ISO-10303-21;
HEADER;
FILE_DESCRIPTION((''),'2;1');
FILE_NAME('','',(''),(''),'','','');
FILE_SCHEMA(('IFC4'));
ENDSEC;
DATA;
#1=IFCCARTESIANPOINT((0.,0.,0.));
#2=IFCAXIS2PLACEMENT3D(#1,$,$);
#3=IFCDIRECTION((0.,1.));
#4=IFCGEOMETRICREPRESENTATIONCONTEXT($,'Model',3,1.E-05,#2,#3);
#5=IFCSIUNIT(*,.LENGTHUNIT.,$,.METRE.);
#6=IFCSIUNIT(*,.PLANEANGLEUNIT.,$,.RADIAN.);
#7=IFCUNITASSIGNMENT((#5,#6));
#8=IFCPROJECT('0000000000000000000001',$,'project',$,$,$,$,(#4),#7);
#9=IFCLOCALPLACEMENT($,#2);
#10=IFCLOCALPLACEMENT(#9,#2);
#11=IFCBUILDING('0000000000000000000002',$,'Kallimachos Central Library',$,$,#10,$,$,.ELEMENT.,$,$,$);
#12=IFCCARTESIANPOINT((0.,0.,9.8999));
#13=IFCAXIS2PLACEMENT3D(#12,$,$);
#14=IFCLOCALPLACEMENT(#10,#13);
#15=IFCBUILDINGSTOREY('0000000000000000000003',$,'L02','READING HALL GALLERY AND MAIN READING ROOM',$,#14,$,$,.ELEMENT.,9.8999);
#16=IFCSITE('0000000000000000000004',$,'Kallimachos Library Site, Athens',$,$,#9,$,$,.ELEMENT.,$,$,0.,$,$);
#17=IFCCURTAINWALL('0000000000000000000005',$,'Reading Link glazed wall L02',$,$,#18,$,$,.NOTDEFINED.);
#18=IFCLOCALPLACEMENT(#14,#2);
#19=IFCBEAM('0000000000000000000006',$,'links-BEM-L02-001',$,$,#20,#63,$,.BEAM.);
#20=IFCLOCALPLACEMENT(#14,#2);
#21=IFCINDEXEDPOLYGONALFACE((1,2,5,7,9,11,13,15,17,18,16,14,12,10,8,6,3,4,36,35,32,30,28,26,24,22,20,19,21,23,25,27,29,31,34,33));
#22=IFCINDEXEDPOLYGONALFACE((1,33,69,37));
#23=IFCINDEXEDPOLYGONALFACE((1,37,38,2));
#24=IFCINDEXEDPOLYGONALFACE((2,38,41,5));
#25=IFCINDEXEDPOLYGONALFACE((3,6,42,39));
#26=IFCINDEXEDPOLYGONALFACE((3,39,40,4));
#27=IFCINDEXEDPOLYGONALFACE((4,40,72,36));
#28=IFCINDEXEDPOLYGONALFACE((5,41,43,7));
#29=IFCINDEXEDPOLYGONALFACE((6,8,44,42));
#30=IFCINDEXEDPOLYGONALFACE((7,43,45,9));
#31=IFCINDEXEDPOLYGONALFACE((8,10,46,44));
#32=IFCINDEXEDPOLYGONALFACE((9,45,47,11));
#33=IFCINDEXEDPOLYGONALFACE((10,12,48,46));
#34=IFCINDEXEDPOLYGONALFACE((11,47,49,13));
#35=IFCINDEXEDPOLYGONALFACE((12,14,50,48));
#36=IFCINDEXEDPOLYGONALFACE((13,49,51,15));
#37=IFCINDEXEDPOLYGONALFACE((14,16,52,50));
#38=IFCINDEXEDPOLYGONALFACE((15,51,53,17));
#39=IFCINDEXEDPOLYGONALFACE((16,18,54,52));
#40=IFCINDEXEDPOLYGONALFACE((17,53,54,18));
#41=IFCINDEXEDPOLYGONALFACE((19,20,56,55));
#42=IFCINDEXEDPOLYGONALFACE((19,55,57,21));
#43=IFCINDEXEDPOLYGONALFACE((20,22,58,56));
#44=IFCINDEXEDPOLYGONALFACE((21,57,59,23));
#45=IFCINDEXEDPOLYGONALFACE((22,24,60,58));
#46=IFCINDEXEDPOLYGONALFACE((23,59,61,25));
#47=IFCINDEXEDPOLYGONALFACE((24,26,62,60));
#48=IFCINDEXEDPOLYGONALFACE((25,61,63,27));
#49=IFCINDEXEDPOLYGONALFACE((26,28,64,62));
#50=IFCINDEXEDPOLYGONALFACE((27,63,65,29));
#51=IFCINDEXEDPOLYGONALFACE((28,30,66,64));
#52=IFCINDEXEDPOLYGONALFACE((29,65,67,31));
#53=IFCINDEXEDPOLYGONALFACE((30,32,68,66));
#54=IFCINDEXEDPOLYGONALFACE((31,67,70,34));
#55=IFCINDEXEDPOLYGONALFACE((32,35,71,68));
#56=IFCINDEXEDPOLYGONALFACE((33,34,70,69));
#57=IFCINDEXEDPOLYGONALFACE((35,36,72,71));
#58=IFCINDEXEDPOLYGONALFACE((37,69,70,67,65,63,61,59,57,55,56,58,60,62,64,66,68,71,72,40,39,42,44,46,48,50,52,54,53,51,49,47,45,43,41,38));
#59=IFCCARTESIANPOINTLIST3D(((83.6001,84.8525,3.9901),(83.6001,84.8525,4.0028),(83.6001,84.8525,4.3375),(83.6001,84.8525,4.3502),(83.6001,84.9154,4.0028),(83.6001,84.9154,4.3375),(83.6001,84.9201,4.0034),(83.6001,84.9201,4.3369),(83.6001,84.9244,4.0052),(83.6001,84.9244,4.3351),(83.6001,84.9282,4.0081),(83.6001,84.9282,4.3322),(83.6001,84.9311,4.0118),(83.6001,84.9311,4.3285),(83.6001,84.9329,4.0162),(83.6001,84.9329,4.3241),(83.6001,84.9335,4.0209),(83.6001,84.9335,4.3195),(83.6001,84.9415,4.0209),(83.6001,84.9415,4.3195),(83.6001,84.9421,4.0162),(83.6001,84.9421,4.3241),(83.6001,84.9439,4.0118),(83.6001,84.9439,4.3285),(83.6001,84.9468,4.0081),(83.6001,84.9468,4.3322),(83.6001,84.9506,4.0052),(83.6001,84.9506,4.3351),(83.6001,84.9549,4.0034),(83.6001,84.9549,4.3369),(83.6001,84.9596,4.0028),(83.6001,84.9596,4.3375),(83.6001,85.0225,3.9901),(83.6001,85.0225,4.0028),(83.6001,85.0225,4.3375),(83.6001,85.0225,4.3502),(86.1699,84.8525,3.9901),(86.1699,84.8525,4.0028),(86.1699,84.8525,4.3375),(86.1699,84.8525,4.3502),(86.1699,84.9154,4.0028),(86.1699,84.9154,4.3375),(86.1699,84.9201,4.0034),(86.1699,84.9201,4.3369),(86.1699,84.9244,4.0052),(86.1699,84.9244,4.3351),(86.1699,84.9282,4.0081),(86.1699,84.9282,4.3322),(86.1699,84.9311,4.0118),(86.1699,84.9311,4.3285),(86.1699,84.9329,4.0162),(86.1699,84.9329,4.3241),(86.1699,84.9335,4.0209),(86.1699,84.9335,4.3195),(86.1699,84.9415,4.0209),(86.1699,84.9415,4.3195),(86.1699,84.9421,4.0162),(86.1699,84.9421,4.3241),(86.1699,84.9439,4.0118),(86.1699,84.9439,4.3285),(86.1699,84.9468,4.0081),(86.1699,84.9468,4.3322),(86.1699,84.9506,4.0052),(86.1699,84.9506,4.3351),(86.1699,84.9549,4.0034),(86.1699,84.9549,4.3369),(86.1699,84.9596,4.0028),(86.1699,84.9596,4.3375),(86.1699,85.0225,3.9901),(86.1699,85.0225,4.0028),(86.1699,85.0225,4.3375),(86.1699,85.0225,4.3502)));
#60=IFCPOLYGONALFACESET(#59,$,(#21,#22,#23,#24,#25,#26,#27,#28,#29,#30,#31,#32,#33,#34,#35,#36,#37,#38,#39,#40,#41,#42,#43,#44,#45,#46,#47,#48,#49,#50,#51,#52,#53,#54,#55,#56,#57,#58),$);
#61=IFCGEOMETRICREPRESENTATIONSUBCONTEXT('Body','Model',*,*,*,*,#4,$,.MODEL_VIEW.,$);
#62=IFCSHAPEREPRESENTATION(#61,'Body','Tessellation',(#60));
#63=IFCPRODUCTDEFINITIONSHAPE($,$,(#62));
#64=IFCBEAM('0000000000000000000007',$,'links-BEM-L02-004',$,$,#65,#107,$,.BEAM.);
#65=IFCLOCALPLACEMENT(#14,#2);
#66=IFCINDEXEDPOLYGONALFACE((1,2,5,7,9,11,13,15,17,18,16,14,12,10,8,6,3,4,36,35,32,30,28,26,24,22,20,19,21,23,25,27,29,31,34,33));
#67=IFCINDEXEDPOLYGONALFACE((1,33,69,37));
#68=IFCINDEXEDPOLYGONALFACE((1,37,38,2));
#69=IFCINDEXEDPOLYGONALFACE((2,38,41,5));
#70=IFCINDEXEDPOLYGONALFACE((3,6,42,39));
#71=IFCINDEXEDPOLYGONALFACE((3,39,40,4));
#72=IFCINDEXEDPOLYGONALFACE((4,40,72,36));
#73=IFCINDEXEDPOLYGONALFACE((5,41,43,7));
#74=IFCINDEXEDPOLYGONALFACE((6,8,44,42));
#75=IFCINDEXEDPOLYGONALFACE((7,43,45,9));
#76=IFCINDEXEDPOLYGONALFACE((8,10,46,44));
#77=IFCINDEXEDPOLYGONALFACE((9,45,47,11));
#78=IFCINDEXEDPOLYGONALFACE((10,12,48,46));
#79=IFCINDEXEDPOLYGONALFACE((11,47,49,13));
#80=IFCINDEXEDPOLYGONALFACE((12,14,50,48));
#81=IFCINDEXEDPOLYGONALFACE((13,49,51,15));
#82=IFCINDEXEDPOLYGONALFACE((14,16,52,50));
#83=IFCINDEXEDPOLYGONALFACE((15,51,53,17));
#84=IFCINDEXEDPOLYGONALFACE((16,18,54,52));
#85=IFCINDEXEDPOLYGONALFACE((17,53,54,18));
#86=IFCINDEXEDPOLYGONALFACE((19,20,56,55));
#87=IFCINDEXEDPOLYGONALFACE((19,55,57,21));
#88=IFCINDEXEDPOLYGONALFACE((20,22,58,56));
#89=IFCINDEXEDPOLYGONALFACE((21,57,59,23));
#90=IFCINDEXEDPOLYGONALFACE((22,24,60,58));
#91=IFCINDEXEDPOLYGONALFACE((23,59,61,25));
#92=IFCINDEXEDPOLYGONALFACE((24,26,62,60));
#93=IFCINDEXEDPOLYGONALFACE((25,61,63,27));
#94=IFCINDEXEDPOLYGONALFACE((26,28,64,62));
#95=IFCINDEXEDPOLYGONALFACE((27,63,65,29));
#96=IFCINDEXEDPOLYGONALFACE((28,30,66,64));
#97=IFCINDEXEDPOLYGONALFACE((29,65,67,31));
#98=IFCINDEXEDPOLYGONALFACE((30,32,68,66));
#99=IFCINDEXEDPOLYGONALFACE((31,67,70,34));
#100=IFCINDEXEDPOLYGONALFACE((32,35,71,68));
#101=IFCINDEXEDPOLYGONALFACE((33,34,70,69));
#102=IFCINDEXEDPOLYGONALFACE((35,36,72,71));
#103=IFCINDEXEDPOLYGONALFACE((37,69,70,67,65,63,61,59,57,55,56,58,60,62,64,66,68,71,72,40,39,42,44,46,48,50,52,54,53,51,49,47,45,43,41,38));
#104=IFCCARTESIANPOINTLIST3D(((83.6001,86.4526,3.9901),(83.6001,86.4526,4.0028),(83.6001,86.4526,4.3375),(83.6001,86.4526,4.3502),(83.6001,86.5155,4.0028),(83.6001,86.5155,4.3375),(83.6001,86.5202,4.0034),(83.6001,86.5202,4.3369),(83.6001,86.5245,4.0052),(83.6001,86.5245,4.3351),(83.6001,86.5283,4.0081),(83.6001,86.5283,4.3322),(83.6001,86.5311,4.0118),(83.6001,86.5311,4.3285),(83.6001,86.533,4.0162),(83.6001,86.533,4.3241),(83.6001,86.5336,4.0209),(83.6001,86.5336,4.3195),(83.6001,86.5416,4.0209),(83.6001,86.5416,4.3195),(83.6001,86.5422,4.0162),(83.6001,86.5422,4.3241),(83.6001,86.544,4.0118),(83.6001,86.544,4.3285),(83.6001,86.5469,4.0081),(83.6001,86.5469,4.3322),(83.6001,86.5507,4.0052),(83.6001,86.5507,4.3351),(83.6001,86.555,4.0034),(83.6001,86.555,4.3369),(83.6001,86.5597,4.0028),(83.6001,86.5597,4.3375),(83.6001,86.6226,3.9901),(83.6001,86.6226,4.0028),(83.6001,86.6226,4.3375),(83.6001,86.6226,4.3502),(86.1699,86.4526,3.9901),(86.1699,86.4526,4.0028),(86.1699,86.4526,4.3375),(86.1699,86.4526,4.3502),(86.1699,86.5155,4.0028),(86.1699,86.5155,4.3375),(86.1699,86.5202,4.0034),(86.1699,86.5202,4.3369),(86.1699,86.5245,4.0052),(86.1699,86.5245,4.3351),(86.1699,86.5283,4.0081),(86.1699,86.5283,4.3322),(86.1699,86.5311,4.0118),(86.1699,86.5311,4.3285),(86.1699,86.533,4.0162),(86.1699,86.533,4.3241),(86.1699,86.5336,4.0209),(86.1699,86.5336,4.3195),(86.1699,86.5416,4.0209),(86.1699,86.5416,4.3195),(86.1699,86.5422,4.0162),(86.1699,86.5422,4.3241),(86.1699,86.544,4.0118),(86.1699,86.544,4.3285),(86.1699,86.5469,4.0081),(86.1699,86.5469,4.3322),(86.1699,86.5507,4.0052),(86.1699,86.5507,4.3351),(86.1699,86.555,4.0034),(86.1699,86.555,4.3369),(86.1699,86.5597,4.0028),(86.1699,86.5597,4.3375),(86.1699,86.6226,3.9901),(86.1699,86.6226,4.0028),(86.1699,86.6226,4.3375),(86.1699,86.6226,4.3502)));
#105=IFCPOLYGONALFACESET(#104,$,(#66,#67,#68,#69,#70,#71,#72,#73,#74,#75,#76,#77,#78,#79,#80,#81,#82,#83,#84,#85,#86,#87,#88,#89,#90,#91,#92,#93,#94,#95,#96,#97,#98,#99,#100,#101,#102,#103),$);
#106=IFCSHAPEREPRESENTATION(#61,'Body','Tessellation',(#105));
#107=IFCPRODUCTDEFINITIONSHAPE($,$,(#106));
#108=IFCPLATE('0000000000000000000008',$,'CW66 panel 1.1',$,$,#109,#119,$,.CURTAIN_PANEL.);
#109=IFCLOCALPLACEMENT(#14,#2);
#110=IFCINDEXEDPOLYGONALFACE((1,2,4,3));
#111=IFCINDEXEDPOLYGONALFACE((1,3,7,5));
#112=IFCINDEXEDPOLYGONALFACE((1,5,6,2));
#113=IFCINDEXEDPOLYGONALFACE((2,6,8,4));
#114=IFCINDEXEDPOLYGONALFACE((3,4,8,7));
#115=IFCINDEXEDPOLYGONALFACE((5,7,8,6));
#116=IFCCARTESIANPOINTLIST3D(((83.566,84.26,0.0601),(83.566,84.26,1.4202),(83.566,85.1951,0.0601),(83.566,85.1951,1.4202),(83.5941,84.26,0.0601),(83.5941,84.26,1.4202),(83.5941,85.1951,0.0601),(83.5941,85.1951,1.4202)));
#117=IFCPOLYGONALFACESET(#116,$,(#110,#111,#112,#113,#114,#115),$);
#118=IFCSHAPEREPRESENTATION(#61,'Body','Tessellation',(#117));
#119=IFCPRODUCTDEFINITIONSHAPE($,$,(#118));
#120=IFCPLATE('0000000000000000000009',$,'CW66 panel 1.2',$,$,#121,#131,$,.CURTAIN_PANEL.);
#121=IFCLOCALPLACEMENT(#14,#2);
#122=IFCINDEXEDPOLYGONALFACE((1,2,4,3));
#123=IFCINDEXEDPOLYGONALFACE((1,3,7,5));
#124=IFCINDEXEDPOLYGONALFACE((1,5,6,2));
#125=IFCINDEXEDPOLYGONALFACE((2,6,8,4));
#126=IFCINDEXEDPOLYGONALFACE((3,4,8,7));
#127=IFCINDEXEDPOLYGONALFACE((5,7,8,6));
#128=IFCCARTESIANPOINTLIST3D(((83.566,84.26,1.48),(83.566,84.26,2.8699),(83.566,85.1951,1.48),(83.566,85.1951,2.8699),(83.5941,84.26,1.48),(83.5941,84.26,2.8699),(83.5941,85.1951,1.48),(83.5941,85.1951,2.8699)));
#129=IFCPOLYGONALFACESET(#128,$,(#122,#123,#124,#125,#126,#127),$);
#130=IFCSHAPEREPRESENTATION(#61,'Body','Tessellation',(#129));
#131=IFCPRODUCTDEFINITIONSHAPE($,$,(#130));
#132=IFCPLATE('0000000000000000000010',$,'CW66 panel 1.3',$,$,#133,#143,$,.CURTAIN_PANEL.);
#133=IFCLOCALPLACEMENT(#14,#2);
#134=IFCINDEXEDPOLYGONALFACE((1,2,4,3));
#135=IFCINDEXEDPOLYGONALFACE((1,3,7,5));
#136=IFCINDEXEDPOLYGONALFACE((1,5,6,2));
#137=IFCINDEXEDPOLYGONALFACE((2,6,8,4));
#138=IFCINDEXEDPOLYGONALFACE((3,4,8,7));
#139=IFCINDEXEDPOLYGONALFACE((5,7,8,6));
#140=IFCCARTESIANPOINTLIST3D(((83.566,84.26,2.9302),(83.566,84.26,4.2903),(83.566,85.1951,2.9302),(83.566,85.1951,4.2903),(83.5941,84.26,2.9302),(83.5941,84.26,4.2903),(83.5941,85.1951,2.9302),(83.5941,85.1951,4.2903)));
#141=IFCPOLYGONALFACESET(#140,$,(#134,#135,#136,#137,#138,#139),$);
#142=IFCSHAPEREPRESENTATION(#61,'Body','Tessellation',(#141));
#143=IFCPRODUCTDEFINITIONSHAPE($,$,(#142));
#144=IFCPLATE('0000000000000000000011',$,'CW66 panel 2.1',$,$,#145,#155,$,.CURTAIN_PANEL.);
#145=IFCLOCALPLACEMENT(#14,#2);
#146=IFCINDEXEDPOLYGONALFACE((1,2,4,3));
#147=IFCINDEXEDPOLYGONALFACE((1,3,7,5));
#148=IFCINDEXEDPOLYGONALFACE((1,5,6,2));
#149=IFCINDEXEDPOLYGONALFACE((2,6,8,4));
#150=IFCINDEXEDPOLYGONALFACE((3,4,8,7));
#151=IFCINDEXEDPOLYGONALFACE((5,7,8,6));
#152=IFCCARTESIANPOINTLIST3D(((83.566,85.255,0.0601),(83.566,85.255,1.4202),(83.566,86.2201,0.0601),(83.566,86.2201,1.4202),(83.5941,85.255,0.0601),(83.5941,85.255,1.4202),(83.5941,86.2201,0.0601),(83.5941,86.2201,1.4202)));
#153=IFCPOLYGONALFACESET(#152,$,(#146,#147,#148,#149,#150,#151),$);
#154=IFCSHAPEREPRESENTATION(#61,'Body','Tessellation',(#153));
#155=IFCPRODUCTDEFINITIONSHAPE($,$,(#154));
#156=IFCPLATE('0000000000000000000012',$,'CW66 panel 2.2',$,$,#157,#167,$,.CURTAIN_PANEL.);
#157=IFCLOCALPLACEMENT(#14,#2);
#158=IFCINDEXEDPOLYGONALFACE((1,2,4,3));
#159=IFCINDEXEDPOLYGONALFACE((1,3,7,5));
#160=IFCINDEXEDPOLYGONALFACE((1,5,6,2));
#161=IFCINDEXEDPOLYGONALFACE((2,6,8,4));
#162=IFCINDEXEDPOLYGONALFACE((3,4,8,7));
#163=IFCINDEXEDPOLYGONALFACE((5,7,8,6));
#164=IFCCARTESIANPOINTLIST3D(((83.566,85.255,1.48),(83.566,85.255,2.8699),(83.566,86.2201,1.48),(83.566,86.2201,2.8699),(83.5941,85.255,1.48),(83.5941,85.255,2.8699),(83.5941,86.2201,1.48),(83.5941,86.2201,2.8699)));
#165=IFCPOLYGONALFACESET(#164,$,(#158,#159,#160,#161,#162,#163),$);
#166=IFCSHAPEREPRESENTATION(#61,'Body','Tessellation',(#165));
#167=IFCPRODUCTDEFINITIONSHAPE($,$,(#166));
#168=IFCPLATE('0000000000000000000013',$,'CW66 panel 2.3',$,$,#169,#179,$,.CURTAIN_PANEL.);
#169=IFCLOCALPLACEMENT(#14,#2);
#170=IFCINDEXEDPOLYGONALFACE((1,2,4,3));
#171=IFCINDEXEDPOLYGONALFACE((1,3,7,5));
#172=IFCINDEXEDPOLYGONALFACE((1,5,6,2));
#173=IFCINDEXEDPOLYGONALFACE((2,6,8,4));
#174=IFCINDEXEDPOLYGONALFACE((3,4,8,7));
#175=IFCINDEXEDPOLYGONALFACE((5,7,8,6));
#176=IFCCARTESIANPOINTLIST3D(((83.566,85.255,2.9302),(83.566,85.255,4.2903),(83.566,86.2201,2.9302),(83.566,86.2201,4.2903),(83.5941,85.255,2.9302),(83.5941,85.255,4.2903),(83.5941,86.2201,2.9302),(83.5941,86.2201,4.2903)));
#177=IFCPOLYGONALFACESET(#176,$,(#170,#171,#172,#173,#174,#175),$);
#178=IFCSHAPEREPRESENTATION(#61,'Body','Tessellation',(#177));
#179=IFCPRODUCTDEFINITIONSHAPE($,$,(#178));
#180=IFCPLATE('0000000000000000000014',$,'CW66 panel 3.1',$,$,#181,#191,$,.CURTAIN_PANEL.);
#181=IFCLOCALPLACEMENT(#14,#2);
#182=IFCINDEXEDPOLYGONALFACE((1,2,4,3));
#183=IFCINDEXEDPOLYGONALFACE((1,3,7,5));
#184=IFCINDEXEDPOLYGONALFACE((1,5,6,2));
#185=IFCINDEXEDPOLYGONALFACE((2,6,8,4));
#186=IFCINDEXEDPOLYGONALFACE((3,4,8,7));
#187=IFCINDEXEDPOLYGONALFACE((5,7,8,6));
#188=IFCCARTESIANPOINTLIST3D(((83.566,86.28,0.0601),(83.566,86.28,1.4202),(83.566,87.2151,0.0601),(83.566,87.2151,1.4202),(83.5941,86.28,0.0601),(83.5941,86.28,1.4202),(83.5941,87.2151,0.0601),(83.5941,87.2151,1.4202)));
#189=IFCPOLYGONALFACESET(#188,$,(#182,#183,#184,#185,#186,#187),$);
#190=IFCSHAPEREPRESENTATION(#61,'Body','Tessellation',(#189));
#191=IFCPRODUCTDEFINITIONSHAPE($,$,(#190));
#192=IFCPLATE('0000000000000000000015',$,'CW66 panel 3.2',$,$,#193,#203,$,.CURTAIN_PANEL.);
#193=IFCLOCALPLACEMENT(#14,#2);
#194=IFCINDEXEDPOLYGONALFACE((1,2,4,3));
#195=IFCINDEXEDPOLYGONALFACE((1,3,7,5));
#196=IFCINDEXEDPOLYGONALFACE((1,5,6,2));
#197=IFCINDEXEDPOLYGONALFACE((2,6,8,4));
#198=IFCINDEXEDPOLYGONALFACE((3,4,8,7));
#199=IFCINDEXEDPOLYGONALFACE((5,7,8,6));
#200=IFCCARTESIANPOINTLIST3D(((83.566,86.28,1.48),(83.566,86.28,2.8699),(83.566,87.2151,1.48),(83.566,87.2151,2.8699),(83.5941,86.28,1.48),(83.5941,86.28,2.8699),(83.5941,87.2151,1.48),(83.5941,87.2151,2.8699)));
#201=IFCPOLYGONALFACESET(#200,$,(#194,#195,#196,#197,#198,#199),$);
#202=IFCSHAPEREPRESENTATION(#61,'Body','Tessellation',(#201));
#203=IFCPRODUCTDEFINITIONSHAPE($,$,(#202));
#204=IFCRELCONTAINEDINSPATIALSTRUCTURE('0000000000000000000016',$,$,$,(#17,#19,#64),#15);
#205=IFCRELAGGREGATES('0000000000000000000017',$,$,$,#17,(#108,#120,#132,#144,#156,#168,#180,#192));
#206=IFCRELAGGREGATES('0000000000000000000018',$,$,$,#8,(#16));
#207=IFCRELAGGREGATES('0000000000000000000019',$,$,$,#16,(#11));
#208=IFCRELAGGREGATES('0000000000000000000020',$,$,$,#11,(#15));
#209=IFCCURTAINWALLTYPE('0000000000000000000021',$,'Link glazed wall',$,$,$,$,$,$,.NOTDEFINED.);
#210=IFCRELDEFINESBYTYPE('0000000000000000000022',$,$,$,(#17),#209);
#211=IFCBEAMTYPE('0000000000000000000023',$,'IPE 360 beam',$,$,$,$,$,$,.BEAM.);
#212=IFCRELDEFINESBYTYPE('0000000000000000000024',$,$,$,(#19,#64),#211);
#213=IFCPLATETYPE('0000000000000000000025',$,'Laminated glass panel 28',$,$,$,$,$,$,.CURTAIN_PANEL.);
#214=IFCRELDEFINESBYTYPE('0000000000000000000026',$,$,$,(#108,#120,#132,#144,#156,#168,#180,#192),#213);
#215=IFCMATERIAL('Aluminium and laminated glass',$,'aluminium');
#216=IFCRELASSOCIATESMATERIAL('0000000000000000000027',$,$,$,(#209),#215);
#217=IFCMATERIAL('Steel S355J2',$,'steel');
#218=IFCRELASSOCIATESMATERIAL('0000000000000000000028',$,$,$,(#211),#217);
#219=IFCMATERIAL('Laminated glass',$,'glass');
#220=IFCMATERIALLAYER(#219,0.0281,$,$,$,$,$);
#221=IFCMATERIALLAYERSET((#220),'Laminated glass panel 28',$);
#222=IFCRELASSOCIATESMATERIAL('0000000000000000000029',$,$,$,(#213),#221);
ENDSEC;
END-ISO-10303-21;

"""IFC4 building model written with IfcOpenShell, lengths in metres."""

from ifc_helpers import new_model, si_unit, direction, frame, origin, origin_2d, place, context, subcontext, project, spatial, rectangle, i_section, extrude, material, layer, layer_set, material_profile, profile_set, type_object, element, aggregate, save


model = new_model("IFC4")

# Units and contexts
model_context = context("Model", 3, precision=1e-05, world=origin(), true_north=direction((0.0, 1.0)))
body_context = subcontext(model_context, "Body", "Model", "MODEL_VIEW")
ifc_project = project(units=[si_unit("LENGTHUNIT", "METRE"), si_unit("PLANEANGLEUNIT", "RADIAN")], contexts=[model_context])

# Site, building, storey
site_placement = place(None, origin())
site = spatial("IfcSite", under=ifc_project, at=site_placement, Name="Kallimachos Library Site, Athens", CompositionType="ELEMENT", RefElevation=0.0)
building_placement = place(site_placement, origin())
building = spatial("IfcBuilding", under=site, at=building_placement, Name="Kallimachos Central Library", CompositionType="ELEMENT")
storey_placement = place(building_placement, frame((0.0, 0.0, 9.8999)))
storey = spatial("IfcBuildingStorey", under=building, at=storey_placement, Name="L02", Description="READING HALL GALLERY AND MAIN READING ROOM", CompositionType="ELEMENT", Elevation=9.8999)

# Curtain wall
ifc_material_1 = material(Name="Aluminium and laminated glass", Category="aluminium")
curtain_wall_type = type_object("IfcCurtainWallType", Name="Link glazed wall", PredefinedType="NOTDEFINED", material=ifc_material_1)
curtain_wall_placement = place(storey_placement, origin())
curtain_wall = element("IfcCurtainWall", 1, at=curtain_wall_placement, inside=storey, type_object=curtain_wall_type, Name="Reading Link glazed wall L02", PredefinedType="NOTDEFINED")

# Beams
ifc_material_2 = material(Name="Steel S355J2", Category="steel")
ifc_material_profile_1 = material_profile(ifc_material_2, i_section(OverallWidth=0.1699, OverallDepth=0.3601, WebThickness=0.0081, FlangeThickness=0.0127, FilletRadius=0.0181, at=origin_2d()), Name="IPE 360")
ifc_profile_set_1 = profile_set([ifc_material_profile_1], Name="Steel S355J2")
beam_type_1 = type_object("IfcBeamType", Name="IPE 360 beam", PredefinedType="BEAM", material=ifc_profile_set_1)
for number, where, z_axis, x_axis, name in (
    (2, (83.6001, 84.9375, 4.1702), (1.0, 0.0, 0.0), (0.0, 1.0, 0.0), "links-BEM-L02-001"),
    (3, (83.6001, 86.5376, 4.1702), (1.0, 0.0, 0.0), (0.0, 1.0, 0.0), "links-BEM-L02-004"),
):
    element("IfcBeam", number, at=place(storey_placement, frame(where, z_axis=z_axis, x_axis=x_axis)), inside=storey, type_object=beam_type_1, Name=name, PredefinedType="BEAM", context=body_context, shape_type="SweptSolid", body=[
        extrude(i_section(OverallWidth=0.1699, OverallDepth=0.3601, WebThickness=0.0081, FlangeThickness=0.0127, FilletRadius=0.0181, at=origin_2d()), origin(), (0.0, 0.0, 1.0), 2.5698),
    ])

# Plates
ifc_material_3 = material(Name="Laminated glass", Category="glass")
ifc_layer = layer(ifc_material_3, 0.0281)
ifc_layer_set = layer_set([ifc_layer], Name="Laminated glass panel 28")
plate_type = type_object("IfcPlateType", Name="Laminated glass panel 28", PredefinedType="CURTAIN_PANEL", material=ifc_layer_set)
plate_1_placement = place(storey_placement, frame((83.5801, 84.7275, 0.0601), z_axis=(0.0, 0.0, 1.0), x_axis=(0.0, 1.0, 0.0)))
plate_1 = element("IfcPlate", 4, at=plate_1_placement, type_object=plate_type, Name="CW66 panel 1.1", PredefinedType="CURTAIN_PANEL", context=body_context, shape_type="SweptSolid", body=[
    extrude(rectangle(XDim=0.9351, YDim=0.0281, at=origin_2d()), origin(), (0.0, 0.0, 1.0), 1.3601),
])
plate_2_placement = place(storey_placement, frame((83.5801, 84.7275, 1.48), z_axis=(0.0, 0.0, 1.0), x_axis=(0.0, 1.0, 0.0)))
plate_2 = element("IfcPlate", 5, at=plate_2_placement, type_object=plate_type, Name="CW66 panel 1.2", PredefinedType="CURTAIN_PANEL", context=body_context, shape_type="SweptSolid", body=[
    extrude(rectangle(XDim=0.9351, YDim=0.0281, at=origin_2d()), origin(), (0.0, 0.0, 1.0), 1.3899),
])
plate_3_placement = place(storey_placement, frame((83.5801, 84.7275, 2.9302), z_axis=(0.0, 0.0, 1.0), x_axis=(0.0, 1.0, 0.0)))
plate_3 = element("IfcPlate", 6, at=plate_3_placement, type_object=plate_type, Name="CW66 panel 1.3", PredefinedType="CURTAIN_PANEL", context=body_context, shape_type="SweptSolid", body=[
    extrude(rectangle(XDim=0.9351, YDim=0.0281, at=origin_2d()), origin(), (0.0, 0.0, 1.0), 1.3601),
])
plate_4_placement = place(storey_placement, frame((83.5801, 85.7375, 0.0601), z_axis=(0.0, 0.0, 1.0), x_axis=(0.0, 1.0, 0.0)))
plate_4 = element("IfcPlate", 7, at=plate_4_placement, type_object=plate_type, Name="CW66 panel 2.1", PredefinedType="CURTAIN_PANEL", context=body_context, shape_type="SweptSolid", body=[
    extrude(rectangle(XDim=0.9651, YDim=0.0281, at=origin_2d()), origin(), (0.0, 0.0, 1.0), 1.3601),
])
plate_5_placement = place(storey_placement, frame((83.5801, 85.7375, 1.48), z_axis=(0.0, 0.0, 1.0), x_axis=(0.0, 1.0, 0.0)))
plate_5 = element("IfcPlate", 8, at=plate_5_placement, type_object=plate_type, Name="CW66 panel 2.2", PredefinedType="CURTAIN_PANEL", context=body_context, shape_type="SweptSolid", body=[
    extrude(rectangle(XDim=0.9651, YDim=0.0281, at=origin_2d()), origin(), (0.0, 0.0, 1.0), 1.3899),
])
plate_6_placement = place(storey_placement, frame((83.5801, 85.7375, 2.9302), z_axis=(0.0, 0.0, 1.0), x_axis=(0.0, 1.0, 0.0)))
plate_6 = element("IfcPlate", 9, at=plate_6_placement, type_object=plate_type, Name="CW66 panel 2.3", PredefinedType="CURTAIN_PANEL", context=body_context, shape_type="SweptSolid", body=[
    extrude(rectangle(XDim=0.9651, YDim=0.0281, at=origin_2d()), origin(), (0.0, 0.0, 1.0), 1.3601),
])
plate_7_placement = place(storey_placement, frame((83.5801, 86.7476, 0.0601), z_axis=(0.0, 0.0, 1.0), x_axis=(0.0, 1.0, 0.0)))
plate_7 = element("IfcPlate", 10, at=plate_7_placement, type_object=plate_type, Name="CW66 panel 3.1", PredefinedType="CURTAIN_PANEL", context=body_context, shape_type="SweptSolid", body=[
    extrude(rectangle(XDim=0.9351, YDim=0.0281, at=origin_2d()), origin(), (0.0, 0.0, 1.0), 1.3601),
])
plate_8_placement = place(storey_placement, frame((83.5801, 86.7476, 1.48), z_axis=(0.0, 0.0, 1.0), x_axis=(0.0, 1.0, 0.0)))
plate_8 = element("IfcPlate", 11, at=plate_8_placement, type_object=plate_type, Name="CW66 panel 3.2", PredefinedType="CURTAIN_PANEL", context=body_context, shape_type="SweptSolid", body=[
    extrude(rectangle(XDim=0.9351, YDim=0.0281, at=origin_2d()), origin(), (0.0, 0.0, 1.0), 1.3899),
])
aggregate(curtain_wall, [plate_1, plate_2, plate_3, plate_4, plate_5, plate_6, plate_7, plate_8])

save(model, "model.ifc")
